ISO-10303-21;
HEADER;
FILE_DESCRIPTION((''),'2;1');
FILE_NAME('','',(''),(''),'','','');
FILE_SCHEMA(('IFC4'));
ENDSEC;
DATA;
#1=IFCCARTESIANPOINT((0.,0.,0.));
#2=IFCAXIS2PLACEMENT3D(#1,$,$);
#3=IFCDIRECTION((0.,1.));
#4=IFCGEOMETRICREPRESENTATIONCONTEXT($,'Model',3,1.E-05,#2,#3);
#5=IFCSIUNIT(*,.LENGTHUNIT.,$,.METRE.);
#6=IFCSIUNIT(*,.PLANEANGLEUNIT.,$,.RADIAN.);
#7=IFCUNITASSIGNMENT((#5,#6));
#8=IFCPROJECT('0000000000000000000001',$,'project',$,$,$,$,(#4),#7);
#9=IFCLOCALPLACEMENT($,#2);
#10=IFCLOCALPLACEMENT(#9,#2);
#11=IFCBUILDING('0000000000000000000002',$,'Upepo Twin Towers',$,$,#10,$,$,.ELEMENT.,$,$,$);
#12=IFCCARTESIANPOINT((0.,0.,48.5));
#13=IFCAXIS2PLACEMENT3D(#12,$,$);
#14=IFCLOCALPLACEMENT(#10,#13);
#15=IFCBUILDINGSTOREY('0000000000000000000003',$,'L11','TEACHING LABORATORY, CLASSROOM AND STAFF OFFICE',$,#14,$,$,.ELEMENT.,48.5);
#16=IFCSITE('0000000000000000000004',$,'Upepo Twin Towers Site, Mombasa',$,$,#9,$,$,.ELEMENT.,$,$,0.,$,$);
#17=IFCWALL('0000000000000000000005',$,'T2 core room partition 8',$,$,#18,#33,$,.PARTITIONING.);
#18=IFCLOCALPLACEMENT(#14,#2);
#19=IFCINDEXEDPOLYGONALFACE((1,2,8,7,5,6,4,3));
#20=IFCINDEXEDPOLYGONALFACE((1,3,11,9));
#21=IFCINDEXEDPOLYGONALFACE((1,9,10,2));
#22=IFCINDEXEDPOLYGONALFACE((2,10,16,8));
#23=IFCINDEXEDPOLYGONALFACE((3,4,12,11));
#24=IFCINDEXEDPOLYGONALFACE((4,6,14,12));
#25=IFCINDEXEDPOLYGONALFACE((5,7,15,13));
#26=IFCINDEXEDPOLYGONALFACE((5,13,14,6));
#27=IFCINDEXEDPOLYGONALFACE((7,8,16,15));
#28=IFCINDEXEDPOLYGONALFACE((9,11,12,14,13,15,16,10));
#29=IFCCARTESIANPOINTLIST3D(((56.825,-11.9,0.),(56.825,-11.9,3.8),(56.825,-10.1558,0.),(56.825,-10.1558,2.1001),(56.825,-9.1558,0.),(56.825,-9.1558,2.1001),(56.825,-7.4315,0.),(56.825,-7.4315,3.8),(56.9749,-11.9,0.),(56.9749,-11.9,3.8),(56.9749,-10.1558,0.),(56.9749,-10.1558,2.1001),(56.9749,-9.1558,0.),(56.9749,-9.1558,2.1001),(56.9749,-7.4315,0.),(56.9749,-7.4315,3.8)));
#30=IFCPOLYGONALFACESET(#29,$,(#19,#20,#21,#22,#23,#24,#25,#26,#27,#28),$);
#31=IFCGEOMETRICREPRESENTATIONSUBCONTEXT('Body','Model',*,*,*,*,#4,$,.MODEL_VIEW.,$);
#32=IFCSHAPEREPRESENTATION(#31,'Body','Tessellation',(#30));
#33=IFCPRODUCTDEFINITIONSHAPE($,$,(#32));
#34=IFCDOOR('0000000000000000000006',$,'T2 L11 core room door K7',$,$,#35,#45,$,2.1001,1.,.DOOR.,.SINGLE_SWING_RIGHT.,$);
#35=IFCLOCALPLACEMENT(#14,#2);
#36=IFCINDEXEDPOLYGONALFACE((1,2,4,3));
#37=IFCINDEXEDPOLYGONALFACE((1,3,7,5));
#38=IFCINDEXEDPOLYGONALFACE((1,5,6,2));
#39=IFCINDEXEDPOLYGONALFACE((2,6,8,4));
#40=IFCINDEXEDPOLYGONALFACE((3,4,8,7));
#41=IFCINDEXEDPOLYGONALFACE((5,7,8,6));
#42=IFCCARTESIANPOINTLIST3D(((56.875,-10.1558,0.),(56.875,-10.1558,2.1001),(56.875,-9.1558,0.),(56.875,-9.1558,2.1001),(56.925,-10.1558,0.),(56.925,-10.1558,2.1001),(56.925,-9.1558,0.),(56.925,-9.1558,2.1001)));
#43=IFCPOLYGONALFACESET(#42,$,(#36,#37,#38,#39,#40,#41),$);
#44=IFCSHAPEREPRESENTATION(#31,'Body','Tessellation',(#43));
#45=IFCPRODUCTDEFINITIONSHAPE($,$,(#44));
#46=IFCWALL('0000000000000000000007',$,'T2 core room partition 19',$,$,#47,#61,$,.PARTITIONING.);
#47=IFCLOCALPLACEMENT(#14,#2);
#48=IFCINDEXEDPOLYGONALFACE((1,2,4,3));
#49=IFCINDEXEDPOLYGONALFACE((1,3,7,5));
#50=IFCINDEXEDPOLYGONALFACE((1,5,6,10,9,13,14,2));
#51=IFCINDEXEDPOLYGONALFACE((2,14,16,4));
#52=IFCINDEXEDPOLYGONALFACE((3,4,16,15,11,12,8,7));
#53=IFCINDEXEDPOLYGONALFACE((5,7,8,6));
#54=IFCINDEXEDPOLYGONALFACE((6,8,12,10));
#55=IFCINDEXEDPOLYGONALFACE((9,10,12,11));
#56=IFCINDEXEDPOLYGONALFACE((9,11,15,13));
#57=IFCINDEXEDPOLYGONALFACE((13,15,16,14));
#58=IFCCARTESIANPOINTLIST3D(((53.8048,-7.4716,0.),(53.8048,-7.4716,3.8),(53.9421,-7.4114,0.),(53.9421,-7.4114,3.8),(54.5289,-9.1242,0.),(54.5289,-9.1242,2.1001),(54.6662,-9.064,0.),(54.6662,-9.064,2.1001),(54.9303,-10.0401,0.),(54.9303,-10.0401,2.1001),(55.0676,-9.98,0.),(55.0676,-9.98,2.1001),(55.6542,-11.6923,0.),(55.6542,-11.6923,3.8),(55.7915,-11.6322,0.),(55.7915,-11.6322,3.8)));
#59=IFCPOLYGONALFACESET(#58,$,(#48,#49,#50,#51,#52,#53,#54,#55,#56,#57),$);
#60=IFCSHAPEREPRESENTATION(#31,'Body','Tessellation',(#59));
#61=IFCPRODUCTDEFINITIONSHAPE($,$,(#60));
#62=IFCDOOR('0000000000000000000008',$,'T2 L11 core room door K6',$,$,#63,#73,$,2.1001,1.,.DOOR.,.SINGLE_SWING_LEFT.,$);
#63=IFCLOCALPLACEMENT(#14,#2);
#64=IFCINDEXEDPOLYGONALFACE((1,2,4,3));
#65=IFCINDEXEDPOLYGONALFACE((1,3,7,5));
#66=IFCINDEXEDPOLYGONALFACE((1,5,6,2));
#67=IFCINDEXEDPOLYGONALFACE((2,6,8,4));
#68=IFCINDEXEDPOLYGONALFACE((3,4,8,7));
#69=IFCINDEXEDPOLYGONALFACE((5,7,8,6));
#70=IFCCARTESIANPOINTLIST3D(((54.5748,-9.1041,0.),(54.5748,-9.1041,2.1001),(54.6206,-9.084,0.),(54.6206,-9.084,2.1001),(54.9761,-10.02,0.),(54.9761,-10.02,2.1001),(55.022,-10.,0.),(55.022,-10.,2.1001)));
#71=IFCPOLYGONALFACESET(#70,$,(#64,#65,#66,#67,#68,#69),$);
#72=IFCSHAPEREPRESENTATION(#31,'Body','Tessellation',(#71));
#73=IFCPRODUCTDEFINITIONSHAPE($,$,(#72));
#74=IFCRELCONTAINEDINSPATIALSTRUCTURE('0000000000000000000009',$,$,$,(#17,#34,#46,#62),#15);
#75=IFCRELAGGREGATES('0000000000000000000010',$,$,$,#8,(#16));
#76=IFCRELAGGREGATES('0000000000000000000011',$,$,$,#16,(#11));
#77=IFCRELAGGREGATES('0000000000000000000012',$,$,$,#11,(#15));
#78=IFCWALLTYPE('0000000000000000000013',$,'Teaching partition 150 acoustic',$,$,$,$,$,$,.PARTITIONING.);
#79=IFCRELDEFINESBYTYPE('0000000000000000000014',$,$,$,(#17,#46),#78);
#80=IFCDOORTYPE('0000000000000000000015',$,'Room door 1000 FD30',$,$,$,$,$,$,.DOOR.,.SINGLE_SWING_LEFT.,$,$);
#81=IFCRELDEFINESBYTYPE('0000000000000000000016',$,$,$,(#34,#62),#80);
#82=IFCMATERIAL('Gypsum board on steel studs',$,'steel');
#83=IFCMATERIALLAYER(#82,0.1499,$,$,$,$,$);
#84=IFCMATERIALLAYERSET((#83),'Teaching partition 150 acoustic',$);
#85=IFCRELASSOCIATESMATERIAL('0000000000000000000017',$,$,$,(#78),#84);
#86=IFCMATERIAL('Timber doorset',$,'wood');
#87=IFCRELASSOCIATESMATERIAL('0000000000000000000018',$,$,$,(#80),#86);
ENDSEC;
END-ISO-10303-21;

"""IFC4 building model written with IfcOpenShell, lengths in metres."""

from ifc_helpers import new_model, si_unit, direction, frame, frame_2d, origin, place, context, subcontext, project, spatial, rectangle, extrude, material, layer, layer_set, type_object, element, fill, save


model = new_model("IFC4")

# Units and contexts
model_context = context("Model", 3, precision=1e-05, world=origin(), true_north=direction((0.0, 1.0)))
body_context = subcontext(model_context, "Body", "Model", "MODEL_VIEW")
ifc_project = project(units=[si_unit("LENGTHUNIT", "METRE"), si_unit("PLANEANGLEUNIT", "RADIAN")], contexts=[model_context])

# Site, building, storey
site_placement = place(None, origin())
site = spatial("IfcSite", under=ifc_project, at=site_placement, Name="Upepo Twin Towers Site, Mombasa", CompositionType="ELEMENT", RefElevation=0.0)
building_placement = place(site_placement, origin())
building = spatial("IfcBuilding", under=site, at=building_placement, Name="Upepo Twin Towers", CompositionType="ELEMENT")
storey_placement = place(building_placement, frame((0.0, 0.0, 48.5)))
storey = spatial("IfcBuildingStorey", under=building, at=storey_placement, Name="L11", Description="TEACHING LABORATORY, CLASSROOM AND STAFF OFFICE", CompositionType="ELEMENT", Elevation=48.5)

# Shared definitions
ifc_material_1 = material(Name="Gypsum board on steel studs", Category="steel")
ifc_layer_1 = layer(ifc_material_1, 0.1499)
ifc_layer_set_1 = layer_set([ifc_layer_1], Name="Teaching partition 150 acoustic")
wall_type_1 = type_object("IfcWallType", Name="Teaching partition 150 acoustic", PredefinedType="PARTITIONING", material=ifc_layer_set_1)

# Walls, openings, doors
wall_1_placement = place(storey_placement, frame((56.8999, -11.9001, 0.0), z_axis=(0.0, 0.0, 1.0), x_axis=(0.0, 1.0, 0.0)))
wall_1 = element("IfcWall", 1, at=wall_1_placement, inside=storey, type_object=wall_type_1, Name="T2 core room partition 8", PredefinedType="PARTITIONING", context=body_context, shape_type="SweptSolid", body=[
    extrude(rectangle(XDim=4.4685, YDim=0.1499, at=frame_2d((2.2344, 0.0))), origin(), (0.0, 0.0, 1.0), 3.8),
])
opening_1_placement = place(wall_1_placement, frame((1.7444, 0.0, 0.0)))
opening_1 = element("IfcOpeningElement", 2, at=opening_1_placement, cuts=wall_1, PredefinedType="OPENING", context=body_context, shape_type="SweptSolid", body=[
    extrude(rectangle(XDim=1.0, YDim=2.1001, at=frame_2d((0.5, 1.05))), frame((0.0, 0.085, 0.0), z_axis=(0.0, -1.0, 0.0), x_axis=(1.0, 0.0, 0.0)), (0.0, 0.0, 1.0), 0.1699),
])
ifc_material_2 = material(Name="Timber doorset", Category="wood")
door_type_1 = type_object("IfcDoorType", Name="Room door 1000 FD30", OperationType="SINGLE_SWING_LEFT", PredefinedType="DOOR", material=ifc_material_2)
door_1_placement = place(opening_1_placement, origin())
door_1 = element("IfcDoor", 3, at=door_1_placement, inside=storey, type_object=door_type_1, Name="T2 L11 core room door K7", OperationType="SINGLE_SWING_RIGHT", OverallHeight=2.1001, OverallWidth=1.0, PredefinedType="DOOR", context=body_context, shape_type="SweptSolid", body=[
    extrude(rectangle(XDim=1.0, YDim=2.1001, at=frame_2d((0.5, 1.05))), frame((0.0, 0.0249, 0.0), z_axis=(0.0, -1.0, 0.0), x_axis=(1.0, 0.0, 0.0)), (0.0, 0.0, 1.0), 0.05),
])
fill(opening_1, door_1)
wall_2_placement = place(storey_placement, frame((55.7229, -11.6624, 0.0), z_axis=(0.0, 0.0, 1.0), x_axis=(-0.40133, 0.915933, 0.0)))
wall_2 = element("IfcWall", 4, at=wall_2_placement, inside=storey, type_object=wall_type_1, Name="T2 core room partition 19", PredefinedType="PARTITIONING", context=body_context, shape_type="SweptSolid", body=[
    extrude(rectangle(XDim=4.6082, YDim=0.1499, at=frame_2d((2.3042, 0.0))), origin(), (0.0, 0.0, 1.0), 3.8),
])
opening_2_placement = place(wall_2_placement, frame((1.804, 0.0, 0.0)))
opening_2 = element("IfcOpeningElement", 5, at=opening_2_placement, cuts=wall_2, PredefinedType="OPENING", context=body_context, shape_type="SweptSolid", body=[
    extrude(rectangle(XDim=1.0, YDim=2.1001, at=frame_2d((0.5, 1.05))), frame((0.0, 0.085, 0.0), z_axis=(0.0, -1.0, 0.0), x_axis=(1.0, 0.0, 0.0)), (0.0, 0.0, 1.0), 0.1699),
])
door_2_placement = place(opening_2_placement, origin())
door_2 = element("IfcDoor", 6, at=door_2_placement, inside=storey, type_object=door_type_1, Name="T2 L11 core room door K6", OperationType="SINGLE_SWING_LEFT", OverallHeight=2.1001, OverallWidth=1.0, PredefinedType="DOOR", context=body_context, shape_type="SweptSolid", body=[
    extrude(rectangle(XDim=1.0, YDim=2.1001, at=frame_2d((0.5, 1.05))), frame((0.0, 0.0249, 0.0), z_axis=(0.0, -1.0, 0.0), x_axis=(1.0, 0.0, 0.0)), (0.0, 0.0, 1.0), 0.05),
])
fill(opening_2, door_2)

save(model, "model.ifc")
